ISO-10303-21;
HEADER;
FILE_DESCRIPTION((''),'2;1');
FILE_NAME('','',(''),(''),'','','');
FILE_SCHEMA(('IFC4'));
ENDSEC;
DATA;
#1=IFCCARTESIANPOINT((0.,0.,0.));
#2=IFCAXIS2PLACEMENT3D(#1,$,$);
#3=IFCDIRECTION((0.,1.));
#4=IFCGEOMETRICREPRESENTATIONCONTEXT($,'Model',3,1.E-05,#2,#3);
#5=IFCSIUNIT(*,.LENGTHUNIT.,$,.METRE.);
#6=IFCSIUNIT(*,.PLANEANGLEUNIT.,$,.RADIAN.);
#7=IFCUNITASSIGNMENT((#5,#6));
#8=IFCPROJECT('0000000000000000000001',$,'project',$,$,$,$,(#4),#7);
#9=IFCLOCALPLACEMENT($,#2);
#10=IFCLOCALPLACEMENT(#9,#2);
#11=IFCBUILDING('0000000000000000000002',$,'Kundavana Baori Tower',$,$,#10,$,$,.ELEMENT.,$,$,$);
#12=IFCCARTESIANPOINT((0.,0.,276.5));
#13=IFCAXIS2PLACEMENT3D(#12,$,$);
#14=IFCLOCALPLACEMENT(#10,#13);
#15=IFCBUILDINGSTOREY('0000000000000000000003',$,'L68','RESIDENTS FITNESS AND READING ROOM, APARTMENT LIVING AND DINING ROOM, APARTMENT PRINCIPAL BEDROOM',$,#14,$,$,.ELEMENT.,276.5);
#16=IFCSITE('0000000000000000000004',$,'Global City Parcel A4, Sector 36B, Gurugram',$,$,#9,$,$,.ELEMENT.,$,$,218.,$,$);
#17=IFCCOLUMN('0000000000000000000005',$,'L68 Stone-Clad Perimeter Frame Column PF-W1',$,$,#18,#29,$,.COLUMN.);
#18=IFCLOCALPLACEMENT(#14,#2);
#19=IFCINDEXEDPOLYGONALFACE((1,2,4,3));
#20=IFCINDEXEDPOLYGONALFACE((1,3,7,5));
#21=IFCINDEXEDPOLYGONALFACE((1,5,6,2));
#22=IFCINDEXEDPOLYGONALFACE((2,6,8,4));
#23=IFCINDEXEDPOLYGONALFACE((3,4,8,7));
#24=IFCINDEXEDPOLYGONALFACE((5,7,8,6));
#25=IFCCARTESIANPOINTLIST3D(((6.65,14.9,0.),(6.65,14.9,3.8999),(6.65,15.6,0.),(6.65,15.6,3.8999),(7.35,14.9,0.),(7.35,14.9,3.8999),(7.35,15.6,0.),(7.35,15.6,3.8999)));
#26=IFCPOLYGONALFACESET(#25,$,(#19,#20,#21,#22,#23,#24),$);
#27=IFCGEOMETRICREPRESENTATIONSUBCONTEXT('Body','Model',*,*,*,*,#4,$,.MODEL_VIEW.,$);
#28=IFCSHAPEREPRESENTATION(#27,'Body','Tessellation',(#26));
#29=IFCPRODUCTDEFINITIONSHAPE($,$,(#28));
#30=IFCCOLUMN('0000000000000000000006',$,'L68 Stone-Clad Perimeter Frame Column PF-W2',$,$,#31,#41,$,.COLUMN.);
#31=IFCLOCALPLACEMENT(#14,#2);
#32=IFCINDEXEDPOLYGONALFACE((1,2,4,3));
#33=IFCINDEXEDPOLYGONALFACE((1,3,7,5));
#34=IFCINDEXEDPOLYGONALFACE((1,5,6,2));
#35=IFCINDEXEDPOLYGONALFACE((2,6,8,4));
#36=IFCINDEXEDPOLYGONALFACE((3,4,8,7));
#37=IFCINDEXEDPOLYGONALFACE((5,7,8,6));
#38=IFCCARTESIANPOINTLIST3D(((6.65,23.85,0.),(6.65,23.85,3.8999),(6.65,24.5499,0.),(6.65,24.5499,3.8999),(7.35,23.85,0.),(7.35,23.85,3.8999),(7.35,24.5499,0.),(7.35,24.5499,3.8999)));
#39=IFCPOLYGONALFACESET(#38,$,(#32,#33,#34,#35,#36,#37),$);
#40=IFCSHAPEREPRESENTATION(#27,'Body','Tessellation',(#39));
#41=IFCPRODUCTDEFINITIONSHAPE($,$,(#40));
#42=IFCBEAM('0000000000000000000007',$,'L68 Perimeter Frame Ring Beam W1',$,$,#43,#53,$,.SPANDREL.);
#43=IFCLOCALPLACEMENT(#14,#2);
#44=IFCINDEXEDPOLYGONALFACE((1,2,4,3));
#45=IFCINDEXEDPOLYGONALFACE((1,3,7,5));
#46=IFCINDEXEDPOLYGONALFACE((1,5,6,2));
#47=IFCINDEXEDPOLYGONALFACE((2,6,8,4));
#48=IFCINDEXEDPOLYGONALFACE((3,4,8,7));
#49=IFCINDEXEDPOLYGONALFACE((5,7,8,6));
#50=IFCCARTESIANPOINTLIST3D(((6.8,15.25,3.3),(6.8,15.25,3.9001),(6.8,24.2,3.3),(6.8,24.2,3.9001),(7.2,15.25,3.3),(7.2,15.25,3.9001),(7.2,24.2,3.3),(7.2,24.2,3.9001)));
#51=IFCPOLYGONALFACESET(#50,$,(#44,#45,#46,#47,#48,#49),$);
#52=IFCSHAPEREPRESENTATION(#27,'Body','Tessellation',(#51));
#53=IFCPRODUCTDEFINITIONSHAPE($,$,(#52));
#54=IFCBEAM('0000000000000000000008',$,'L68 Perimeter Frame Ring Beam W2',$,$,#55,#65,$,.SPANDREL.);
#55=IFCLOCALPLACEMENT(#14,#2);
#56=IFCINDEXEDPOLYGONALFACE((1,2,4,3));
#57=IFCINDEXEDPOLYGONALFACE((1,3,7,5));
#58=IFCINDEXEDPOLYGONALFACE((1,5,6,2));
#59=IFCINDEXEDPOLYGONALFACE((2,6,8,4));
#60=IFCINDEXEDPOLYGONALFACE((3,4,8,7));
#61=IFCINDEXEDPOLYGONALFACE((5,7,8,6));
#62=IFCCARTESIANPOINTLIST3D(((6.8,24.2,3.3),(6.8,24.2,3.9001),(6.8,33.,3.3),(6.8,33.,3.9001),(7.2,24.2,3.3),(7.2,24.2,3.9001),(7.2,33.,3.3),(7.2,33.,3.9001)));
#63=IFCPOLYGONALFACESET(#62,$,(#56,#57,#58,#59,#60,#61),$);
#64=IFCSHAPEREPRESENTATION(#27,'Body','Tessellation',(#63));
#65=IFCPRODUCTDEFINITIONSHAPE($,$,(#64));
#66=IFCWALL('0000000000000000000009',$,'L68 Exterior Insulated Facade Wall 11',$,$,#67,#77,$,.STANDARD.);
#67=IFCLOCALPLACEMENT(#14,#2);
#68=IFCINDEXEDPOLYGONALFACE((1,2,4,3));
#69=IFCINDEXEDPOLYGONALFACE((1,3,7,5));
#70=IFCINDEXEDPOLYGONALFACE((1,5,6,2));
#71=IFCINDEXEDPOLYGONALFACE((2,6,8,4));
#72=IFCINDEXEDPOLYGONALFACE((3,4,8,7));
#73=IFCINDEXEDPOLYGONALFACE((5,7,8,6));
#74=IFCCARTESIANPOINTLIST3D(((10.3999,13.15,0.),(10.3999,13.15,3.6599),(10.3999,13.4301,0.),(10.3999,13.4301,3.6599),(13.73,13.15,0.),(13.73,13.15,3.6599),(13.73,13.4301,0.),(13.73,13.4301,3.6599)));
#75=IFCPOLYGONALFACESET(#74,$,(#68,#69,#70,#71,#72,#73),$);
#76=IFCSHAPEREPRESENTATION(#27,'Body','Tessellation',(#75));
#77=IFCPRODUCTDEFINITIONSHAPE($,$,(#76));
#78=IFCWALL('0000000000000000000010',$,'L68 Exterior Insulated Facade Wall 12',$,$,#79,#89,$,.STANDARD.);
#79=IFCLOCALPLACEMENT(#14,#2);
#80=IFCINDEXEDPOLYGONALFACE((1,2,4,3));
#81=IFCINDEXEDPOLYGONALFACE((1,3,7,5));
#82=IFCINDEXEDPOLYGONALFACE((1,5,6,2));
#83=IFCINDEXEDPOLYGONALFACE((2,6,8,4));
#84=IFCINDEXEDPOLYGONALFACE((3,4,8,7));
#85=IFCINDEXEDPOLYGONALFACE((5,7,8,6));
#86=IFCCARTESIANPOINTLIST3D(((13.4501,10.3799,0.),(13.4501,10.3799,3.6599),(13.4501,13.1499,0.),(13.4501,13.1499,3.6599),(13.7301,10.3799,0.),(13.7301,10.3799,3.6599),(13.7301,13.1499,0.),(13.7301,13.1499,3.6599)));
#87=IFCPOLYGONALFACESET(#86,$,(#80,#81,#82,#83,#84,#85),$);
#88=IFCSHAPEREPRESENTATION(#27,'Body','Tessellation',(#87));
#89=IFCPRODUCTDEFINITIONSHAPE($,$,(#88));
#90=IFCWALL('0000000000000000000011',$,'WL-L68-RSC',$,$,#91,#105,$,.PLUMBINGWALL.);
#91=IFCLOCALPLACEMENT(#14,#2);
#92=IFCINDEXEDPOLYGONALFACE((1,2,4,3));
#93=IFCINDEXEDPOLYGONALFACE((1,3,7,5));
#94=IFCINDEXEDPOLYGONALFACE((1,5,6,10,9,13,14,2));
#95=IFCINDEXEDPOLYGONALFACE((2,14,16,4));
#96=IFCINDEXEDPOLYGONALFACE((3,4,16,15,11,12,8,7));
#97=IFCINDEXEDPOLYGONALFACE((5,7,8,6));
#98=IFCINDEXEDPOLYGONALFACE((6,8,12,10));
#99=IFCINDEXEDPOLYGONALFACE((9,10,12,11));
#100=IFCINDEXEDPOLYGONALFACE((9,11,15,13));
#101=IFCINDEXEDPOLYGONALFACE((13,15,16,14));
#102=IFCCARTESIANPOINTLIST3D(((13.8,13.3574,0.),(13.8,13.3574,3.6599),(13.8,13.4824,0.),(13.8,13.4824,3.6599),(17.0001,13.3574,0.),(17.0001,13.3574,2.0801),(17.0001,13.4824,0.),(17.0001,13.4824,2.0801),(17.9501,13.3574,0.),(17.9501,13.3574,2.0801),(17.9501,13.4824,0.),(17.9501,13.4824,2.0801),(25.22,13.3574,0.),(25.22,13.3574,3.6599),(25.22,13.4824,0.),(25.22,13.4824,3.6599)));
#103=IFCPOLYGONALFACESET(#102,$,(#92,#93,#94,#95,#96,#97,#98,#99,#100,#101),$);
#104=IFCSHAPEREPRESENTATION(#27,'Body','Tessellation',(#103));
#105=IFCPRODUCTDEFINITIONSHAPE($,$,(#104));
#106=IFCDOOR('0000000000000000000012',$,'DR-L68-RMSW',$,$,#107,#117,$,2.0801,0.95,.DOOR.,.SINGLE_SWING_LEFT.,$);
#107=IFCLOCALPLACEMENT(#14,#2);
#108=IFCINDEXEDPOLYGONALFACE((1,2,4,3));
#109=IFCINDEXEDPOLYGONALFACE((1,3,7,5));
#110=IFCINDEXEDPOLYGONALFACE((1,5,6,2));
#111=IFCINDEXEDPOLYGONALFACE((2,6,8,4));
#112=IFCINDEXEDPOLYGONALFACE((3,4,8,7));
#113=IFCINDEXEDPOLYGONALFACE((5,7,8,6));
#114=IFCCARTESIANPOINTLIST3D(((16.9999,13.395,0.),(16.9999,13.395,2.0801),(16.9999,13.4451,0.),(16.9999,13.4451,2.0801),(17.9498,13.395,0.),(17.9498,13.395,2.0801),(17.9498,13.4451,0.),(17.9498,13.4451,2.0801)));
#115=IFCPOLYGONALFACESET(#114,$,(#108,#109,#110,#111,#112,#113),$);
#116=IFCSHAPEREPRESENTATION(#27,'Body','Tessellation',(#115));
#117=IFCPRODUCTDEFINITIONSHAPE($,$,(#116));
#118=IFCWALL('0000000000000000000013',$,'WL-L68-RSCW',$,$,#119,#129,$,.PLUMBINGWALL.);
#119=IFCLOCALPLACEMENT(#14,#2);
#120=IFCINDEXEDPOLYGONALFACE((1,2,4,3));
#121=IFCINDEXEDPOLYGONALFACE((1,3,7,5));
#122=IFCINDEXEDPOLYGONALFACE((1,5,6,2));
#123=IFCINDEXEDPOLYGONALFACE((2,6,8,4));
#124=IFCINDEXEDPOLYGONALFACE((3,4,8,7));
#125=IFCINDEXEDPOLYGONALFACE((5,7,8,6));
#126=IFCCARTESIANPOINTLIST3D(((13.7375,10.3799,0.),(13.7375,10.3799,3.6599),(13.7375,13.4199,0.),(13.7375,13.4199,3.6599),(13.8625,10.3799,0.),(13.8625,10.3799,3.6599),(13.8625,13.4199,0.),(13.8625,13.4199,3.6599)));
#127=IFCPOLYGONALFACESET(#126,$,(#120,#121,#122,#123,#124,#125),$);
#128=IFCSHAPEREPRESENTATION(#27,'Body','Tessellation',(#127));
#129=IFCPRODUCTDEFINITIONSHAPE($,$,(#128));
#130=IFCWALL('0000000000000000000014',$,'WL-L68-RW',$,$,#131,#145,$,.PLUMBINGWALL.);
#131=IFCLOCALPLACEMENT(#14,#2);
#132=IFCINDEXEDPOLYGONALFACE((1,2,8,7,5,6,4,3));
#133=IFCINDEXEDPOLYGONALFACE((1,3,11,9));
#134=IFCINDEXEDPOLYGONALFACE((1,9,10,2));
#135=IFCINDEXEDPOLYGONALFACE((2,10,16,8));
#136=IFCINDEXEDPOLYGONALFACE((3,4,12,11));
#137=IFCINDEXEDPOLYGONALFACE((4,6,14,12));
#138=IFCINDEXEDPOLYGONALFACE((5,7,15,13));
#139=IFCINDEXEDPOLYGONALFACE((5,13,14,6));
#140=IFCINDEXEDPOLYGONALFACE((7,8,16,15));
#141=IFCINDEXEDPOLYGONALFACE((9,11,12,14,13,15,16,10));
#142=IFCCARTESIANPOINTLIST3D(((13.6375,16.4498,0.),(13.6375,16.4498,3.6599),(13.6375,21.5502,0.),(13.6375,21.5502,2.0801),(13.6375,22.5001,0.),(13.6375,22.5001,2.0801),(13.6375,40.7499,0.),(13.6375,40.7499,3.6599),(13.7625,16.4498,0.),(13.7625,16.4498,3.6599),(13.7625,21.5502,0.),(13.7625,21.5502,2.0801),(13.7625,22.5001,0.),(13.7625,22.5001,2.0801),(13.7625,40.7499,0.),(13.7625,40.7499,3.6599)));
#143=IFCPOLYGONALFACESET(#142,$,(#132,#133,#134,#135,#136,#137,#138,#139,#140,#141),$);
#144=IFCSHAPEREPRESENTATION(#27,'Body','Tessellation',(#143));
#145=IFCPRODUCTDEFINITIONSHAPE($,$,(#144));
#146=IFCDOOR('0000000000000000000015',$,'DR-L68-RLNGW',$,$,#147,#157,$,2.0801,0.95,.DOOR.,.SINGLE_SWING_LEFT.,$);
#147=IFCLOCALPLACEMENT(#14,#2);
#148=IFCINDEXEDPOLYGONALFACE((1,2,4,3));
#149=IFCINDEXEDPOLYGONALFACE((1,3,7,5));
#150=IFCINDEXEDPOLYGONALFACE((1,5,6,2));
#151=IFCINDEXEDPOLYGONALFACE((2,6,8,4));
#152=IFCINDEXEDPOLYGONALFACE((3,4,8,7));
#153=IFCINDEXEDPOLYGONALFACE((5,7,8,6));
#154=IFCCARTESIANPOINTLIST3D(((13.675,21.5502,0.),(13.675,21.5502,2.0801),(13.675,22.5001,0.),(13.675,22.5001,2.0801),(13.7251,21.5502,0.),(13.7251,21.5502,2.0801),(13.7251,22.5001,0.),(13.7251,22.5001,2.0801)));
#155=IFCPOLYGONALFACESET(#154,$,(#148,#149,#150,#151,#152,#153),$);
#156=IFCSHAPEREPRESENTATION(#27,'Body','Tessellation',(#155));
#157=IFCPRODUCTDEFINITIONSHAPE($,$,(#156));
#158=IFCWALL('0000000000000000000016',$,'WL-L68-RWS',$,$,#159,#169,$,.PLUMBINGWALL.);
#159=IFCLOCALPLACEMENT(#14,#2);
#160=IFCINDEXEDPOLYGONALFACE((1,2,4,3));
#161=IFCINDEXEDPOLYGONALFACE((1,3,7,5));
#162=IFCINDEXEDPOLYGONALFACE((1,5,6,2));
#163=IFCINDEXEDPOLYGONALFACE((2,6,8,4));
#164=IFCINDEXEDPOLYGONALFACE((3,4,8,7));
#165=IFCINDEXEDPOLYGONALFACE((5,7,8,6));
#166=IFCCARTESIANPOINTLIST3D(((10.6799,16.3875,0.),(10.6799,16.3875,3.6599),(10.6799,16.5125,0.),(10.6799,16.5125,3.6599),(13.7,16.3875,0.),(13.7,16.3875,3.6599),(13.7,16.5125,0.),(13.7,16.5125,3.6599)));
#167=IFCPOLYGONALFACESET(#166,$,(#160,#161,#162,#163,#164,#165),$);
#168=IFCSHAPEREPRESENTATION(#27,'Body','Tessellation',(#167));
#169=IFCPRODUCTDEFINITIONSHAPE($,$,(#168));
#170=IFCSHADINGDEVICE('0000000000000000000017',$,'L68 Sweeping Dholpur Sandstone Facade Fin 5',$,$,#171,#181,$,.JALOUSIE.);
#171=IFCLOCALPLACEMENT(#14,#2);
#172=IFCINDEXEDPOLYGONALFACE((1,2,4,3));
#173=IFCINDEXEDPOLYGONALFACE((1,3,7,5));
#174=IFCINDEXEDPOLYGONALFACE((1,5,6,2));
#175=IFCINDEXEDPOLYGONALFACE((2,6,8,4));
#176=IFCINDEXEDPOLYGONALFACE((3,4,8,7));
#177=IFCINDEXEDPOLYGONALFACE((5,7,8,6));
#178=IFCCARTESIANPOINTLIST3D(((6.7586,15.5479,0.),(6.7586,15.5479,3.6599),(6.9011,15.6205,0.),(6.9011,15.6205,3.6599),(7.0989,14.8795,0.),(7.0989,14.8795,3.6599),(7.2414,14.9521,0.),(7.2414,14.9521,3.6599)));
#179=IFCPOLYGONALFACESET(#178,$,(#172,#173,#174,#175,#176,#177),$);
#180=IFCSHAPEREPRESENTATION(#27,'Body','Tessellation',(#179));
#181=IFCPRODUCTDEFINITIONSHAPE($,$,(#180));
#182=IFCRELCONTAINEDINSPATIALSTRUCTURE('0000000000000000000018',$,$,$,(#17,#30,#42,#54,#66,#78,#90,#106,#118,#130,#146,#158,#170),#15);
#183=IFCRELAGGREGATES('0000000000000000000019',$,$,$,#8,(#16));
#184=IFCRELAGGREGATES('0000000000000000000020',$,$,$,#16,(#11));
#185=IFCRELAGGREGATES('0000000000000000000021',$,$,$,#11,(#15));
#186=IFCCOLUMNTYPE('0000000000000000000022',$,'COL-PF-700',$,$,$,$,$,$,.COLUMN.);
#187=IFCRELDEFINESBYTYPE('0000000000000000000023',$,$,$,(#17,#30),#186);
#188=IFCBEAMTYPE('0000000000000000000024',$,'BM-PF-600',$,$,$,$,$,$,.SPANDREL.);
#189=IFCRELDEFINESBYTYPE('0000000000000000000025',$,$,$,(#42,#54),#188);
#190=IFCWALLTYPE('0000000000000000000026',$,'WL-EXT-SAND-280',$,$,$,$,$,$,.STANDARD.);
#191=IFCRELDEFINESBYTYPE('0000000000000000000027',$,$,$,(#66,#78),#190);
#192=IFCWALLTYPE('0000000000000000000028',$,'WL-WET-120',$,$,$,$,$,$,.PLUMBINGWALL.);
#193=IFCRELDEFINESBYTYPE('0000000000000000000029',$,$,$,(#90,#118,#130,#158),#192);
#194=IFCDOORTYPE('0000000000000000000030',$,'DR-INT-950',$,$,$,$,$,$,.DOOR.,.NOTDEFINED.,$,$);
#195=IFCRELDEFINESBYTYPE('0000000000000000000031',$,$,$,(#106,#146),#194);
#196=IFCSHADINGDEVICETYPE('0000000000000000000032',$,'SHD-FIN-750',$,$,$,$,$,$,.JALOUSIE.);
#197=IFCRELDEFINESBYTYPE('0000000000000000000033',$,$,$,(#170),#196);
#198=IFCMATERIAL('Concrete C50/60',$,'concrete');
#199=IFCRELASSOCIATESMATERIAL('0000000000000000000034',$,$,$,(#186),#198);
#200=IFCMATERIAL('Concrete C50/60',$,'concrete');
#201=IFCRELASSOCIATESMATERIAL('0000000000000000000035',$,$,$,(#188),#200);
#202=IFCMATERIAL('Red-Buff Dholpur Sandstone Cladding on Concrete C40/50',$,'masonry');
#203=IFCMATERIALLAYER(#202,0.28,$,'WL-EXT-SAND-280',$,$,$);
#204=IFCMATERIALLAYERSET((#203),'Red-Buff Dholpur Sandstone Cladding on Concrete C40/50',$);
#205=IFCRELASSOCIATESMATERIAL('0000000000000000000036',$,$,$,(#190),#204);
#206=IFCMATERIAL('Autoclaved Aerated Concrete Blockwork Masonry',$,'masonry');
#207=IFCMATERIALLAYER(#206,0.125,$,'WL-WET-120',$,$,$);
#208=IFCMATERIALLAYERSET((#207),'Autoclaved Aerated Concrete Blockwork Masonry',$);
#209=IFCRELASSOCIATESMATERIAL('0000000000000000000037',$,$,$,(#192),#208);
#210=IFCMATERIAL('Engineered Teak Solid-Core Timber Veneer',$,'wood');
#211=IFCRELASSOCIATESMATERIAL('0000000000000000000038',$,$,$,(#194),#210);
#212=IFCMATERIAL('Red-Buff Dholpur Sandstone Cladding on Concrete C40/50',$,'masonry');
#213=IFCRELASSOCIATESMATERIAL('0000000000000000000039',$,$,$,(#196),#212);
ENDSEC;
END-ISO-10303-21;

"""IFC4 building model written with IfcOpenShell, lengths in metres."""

from ifc_helpers import new_model, si_unit, direction, frame, frame_2d, origin, origin_2d, place, context, subcontext, project, spatial, rectangle, extrude, material, layer, layer_set, material_profile, profile_set, type_object, element, fill, save


model = new_model("IFC4")

# Units and contexts
model_context = context("Model", 3, precision=1e-05, world=origin(), true_north=direction((0.0, 1.0)))
body_context = subcontext(model_context, "Body", "Model", "MODEL_VIEW")
ifc_project = project(units=[si_unit("LENGTHUNIT", "METRE"), si_unit("PLANEANGLEUNIT", "RADIAN")], contexts=[model_context])

# Site, building, storey
site_placement = place(None, origin())
site = spatial("IfcSite", under=ifc_project, at=site_placement, Name="Global City Parcel A4, Sector 36B, Gurugram", CompositionType="ELEMENT", RefElevation=218.0)
building_placement = place(site_placement, origin())
building = spatial("IfcBuilding", under=site, at=building_placement, Name="Kundavana Baori Tower", CompositionType="ELEMENT")
storey_placement = place(building_placement, frame((0.0, 0.0, 276.5)))
storey = spatial("IfcBuildingStorey", under=building, at=storey_placement, Name="L68", Description="RESIDENTS FITNESS AND READING ROOM, APARTMENT LIVING AND DINING ROOM, APARTMENT PRINCIPAL BEDROOM", CompositionType="ELEMENT", Elevation=276.5)

# Columns
ifc_material_1 = material(Name="Concrete C50/60", Category="concrete")
ifc_material_profile_1 = material_profile(ifc_material_1, rectangle(XDim=0.7, YDim=0.7, at=origin_2d()), Name="RC PF 700x700")
ifc_profile_set_1 = profile_set([ifc_material_profile_1], Name="Concrete C50/60")
column_type = type_object("IfcColumnType", Name="COL-PF-700", PredefinedType="COLUMN", material=ifc_profile_set_1)
for number, where, z_axis, x_axis, name in (
    (1, (7.0, 15.25, 0.0), (0.0, 0.0, 1.0), (1.0, 0.0, 0.0), "L68 Stone-Clad Perimeter Frame Column PF-W1"),
    (2, (7.0, 24.2, 0.0), (0.0, 0.0, 1.0), (1.0, 0.0, 0.0), "L68 Stone-Clad Perimeter Frame Column PF-W2"),
):
    element("IfcColumn", number, at=place(storey_placement, frame(where, z_axis=z_axis, x_axis=x_axis)), inside=storey, type_object=column_type, Name=name, PredefinedType="COLUMN", context=body_context, shape_type="SweptSolid", body=[
        extrude(rectangle(XDim=0.7, YDim=0.7, at=origin_2d()), origin(), (0.0, 0.0, 1.0), 3.8999),
    ])

# Beams
ifc_material_2 = material(Name="Concrete C50/60", Category="concrete")
ifc_material_profile_2 = material_profile(ifc_material_2, rectangle(XDim=0.3999, YDim=0.6001, at=origin_2d()), Name="RC BM 400x600")
ifc_profile_set_2 = profile_set([ifc_material_profile_2], Name="Concrete C50/60")
beam_type = type_object("IfcBeamType", Name="BM-PF-600", PredefinedType="SPANDREL", material=ifc_profile_set_2)
beam_1_placement = place(storey_placement, frame((7.0, 15.25, 3.6001), z_axis=(0.0, 1.0, 0.0), x_axis=(-1.0, 0.0, 0.0)))
element("IfcBeam", 3, at=beam_1_placement, inside=storey, type_object=beam_type, Name="L68 Perimeter Frame Ring Beam W1", PredefinedType="SPANDREL", context=body_context, shape_type="SweptSolid", body=[
    extrude(rectangle(XDim=0.3999, YDim=0.6001, at=origin_2d()), origin(), (0.0, 0.0, 1.0), 8.95),
])
beam_2_placement = place(storey_placement, frame((7.0, 24.2, 3.6001), z_axis=(0.0, 1.0, 0.0), x_axis=(-1.0, 0.0, 0.0)))
element("IfcBeam", 4, at=beam_2_placement, inside=storey, type_object=beam_type, Name="L68 Perimeter Frame Ring Beam W2", PredefinedType="SPANDREL", context=body_context, shape_type="SweptSolid", body=[
    extrude(rectangle(XDim=0.3999, YDim=0.6001, at=origin_2d()), origin(), (0.0, 0.0, 1.0), 8.8),
])

# Walls
ifc_material_3 = material(Name="Red-Buff Dholpur Sandstone Cladding on Concrete C40/50", Category="masonry")
ifc_layer_1 = layer(ifc_material_3, 0.28, Name="WL-EXT-SAND-280")
ifc_layer_set_1 = layer_set([ifc_layer_1], Name="Red-Buff Dholpur Sandstone Cladding on Concrete C40/50")
wall_type_1 = type_object("IfcWallType", Name="WL-EXT-SAND-280", PredefinedType="STANDARD", material=ifc_layer_set_1)
wall_1_placement = place(storey_placement, frame((10.3999, 13.29, 0.0), z_axis=(0.0, 0.0, 1.0), x_axis=(1.0, 0.0, 0.0)))
element("IfcWall", 5, at=wall_1_placement, inside=storey, type_object=wall_type_1, Name="L68 Exterior Insulated Facade Wall 11", PredefinedType="STANDARD", context=body_context, shape_type="SweptSolid", body=[
    extrude(rectangle(XDim=3.3301, YDim=0.28, at=frame_2d((1.665, 0.0))), origin(), (0.0, 0.0, 1.0), 3.6599),
])
wall_2_placement = place(storey_placement, frame((13.5901, 13.1499, 0.0), z_axis=(0.0, 0.0, 1.0), x_axis=(0.0, -1.0, 0.0)))
element("IfcWall", 6, at=wall_2_placement, inside=storey, type_object=wall_type_1, Name="L68 Exterior Insulated Facade Wall 12", PredefinedType="STANDARD", context=body_context, shape_type="SweptSolid", body=[
    extrude(rectangle(XDim=2.77, YDim=0.28, at=frame_2d((1.385, 0.0))), origin(), (0.0, 0.0, 1.0), 3.6599),
])

# Wall, opening, door
ifc_material_4 = material(Name="Autoclaved Aerated Concrete Blockwork Masonry", Category="masonry")
ifc_layer_2 = layer(ifc_material_4, 0.125, Name="WL-WET-120")
ifc_layer_set_2 = layer_set([ifc_layer_2], Name="Autoclaved Aerated Concrete Blockwork Masonry")
wall_type_2 = type_object("IfcWallType", Name="WL-WET-120", PredefinedType="PLUMBINGWALL", material=ifc_layer_set_2)
wall_3_placement = place(storey_placement, frame((13.8, 13.4199, 0.0), z_axis=(0.0, 0.0, 1.0), x_axis=(1.0, 0.0, 0.0)))
wall_3 = element("IfcWall", 7, at=wall_3_placement, inside=storey, type_object=wall_type_2, Name="WL-L68-RSC", PredefinedType="PLUMBINGWALL", context=body_context, shape_type="SweptSolid", body=[
    extrude(rectangle(XDim=11.4199, YDim=0.125, at=frame_2d((5.71, 0.0))), origin(), (0.0, 0.0, 1.0), 3.6599),
])
opening_1_placement = place(wall_3_placement, frame((3.2, 0.0, 0.0)))
opening_1 = element("IfcOpeningElement", 8, at=opening_1_placement, cuts=wall_3, PredefinedType="OPENING", context=body_context, shape_type="SweptSolid", body=[
    extrude(rectangle(XDim=0.95, YDim=2.0801, at=frame_2d((0.4751, 1.04))), frame((0.0, 0.0725, 0.0), z_axis=(0.0, -1.0, 0.0), x_axis=(1.0, 0.0, 0.0)), (0.0, 0.0, 1.0), 0.145),
])
ifc_material_5 = material(Name="Engineered Teak Solid-Core Timber Veneer", Category="wood")
door_type = type_object("IfcDoorType", Name="DR-INT-950", OperationType="NOTDEFINED", PredefinedType="DOOR", material=ifc_material_5)
door_1_placement = place(opening_1_placement, frame((0.95, 0.0, 0.0), z_axis=(0.0, 0.0, 1.0), x_axis=(-1.0, 0.0, 0.0)))
door_1 = element("IfcDoor", 9, at=door_1_placement, inside=storey, type_object=door_type, Name="DR-L68-RMSW", OperationType="SINGLE_SWING_LEFT", OverallHeight=2.0801, OverallWidth=0.95, PredefinedType="DOOR", context=body_context, shape_type="SweptSolid", body=[
    extrude(rectangle(XDim=0.95, YDim=2.0801, at=frame_2d((0.4751, 1.04))), frame((0.0, 0.0249, 0.0), z_axis=(0.0, -1.0, 0.0), x_axis=(1.0, 0.0, 0.0)), (0.0, 0.0, 1.0), 0.05),
])
fill(opening_1, door_1)

# Wall
wall_4_placement = place(storey_placement, frame((13.8, 10.3799, 0.0), z_axis=(0.0, 0.0, 1.0), x_axis=(0.0, 1.0, 0.0)))
element("IfcWall", 10, at=wall_4_placement, inside=storey, type_object=wall_type_2, Name="WL-L68-RSCW", PredefinedType="PLUMBINGWALL", context=body_context, shape_type="SweptSolid", body=[
    extrude(rectangle(XDim=3.04, YDim=0.125, at=frame_2d((1.52, 0.0))), origin(), (0.0, 0.0, 1.0), 3.6599),
])

# Wall, opening, door
wall_5_placement = place(storey_placement, frame((13.7, 16.45, 0.0), z_axis=(0.0, 0.0, 1.0), x_axis=(0.0, 1.0, 0.0)))
wall_5 = element("IfcWall", 11, at=wall_5_placement, inside=storey, type_object=wall_type_2, Name="WL-L68-RW", PredefinedType="PLUMBINGWALL", context=body_context, shape_type="SweptSolid", body=[
    extrude(rectangle(XDim=24.3, YDim=0.125, at=frame_2d((12.1499, 0.0))), origin(), (0.0, 0.0, 1.0), 3.6599),
])
opening_2_placement = place(wall_5_placement, frame((5.1001, 0.0, 0.0)))
opening_2 = element("IfcOpeningElement", 12, at=opening_2_placement, cuts=wall_5, PredefinedType="OPENING", context=body_context, shape_type="SweptSolid", body=[
    extrude(rectangle(XDim=0.95, YDim=2.0801, at=frame_2d((0.4751, 1.04))), frame((0.0, 0.0725, 0.0), z_axis=(0.0, -1.0, 0.0), x_axis=(1.0, 0.0, 0.0)), (0.0, 0.0, 1.0), 0.145),
])
door_2_placement = place(opening_2_placement, origin())
door_2 = element("IfcDoor", 13, at=door_2_placement, inside=storey, type_object=door_type, Name="DR-L68-RLNGW", OperationType="SINGLE_SWING_LEFT", OverallHeight=2.0801, OverallWidth=0.95, PredefinedType="DOOR", context=body_context, shape_type="SweptSolid", body=[
    extrude(rectangle(XDim=0.95, YDim=2.0801, at=frame_2d((0.4751, 1.04))), frame((0.0, 0.0249, 0.0), z_axis=(0.0, -1.0, 0.0), x_axis=(1.0, 0.0, 0.0)), (0.0, 0.0, 1.0), 0.05),
])
fill(opening_2, door_2)

# Wall
wall_6_placement = place(storey_placement, frame((10.6799, 16.45, 0.0), z_axis=(0.0, 0.0, 1.0), x_axis=(1.0, 0.0, 0.0)))
element("IfcWall", 14, at=wall_6_placement, inside=storey, type_object=wall_type_2, Name="WL-L68-RWS", PredefinedType="PLUMBINGWALL", context=body_context, shape_type="SweptSolid", body=[
    extrude(rectangle(XDim=3.02, YDim=0.125, at=frame_2d((1.51, 0.0))), origin(), (0.0, 0.0, 1.0), 3.6599),
])

# Shading device
ifc_material_6 = material(Name="Red-Buff Dholpur Sandstone Cladding on Concrete C40/50", Category="masonry")
shading_device_type_1 = type_object("IfcShadingDeviceType", Name="SHD-FIN-750", PredefinedType="JALOUSIE", material=ifc_material_6)
shading_device_1_placement = place(storey_placement, frame((7.0, 15.25, 0.0), z_axis=(0.0, 0.0, 1.0), x_axis=(0.891165, 0.453679, 0.0)))
element("IfcShadingDevice", 15, at=shading_device_1_placement, inside=storey, type_object=shading_device_type_1, Name="L68 Sweeping Dholpur Sandstone Facade Fin 5", PredefinedType="JALOUSIE", context=body_context, shape_type="SweptSolid", body=[
    extrude(rectangle(XDim=0.1599, YDim=0.75, at=origin_2d()), origin(), (0.0, 0.0, 1.0), 3.6599),
])

save(model, "model.ifc")
